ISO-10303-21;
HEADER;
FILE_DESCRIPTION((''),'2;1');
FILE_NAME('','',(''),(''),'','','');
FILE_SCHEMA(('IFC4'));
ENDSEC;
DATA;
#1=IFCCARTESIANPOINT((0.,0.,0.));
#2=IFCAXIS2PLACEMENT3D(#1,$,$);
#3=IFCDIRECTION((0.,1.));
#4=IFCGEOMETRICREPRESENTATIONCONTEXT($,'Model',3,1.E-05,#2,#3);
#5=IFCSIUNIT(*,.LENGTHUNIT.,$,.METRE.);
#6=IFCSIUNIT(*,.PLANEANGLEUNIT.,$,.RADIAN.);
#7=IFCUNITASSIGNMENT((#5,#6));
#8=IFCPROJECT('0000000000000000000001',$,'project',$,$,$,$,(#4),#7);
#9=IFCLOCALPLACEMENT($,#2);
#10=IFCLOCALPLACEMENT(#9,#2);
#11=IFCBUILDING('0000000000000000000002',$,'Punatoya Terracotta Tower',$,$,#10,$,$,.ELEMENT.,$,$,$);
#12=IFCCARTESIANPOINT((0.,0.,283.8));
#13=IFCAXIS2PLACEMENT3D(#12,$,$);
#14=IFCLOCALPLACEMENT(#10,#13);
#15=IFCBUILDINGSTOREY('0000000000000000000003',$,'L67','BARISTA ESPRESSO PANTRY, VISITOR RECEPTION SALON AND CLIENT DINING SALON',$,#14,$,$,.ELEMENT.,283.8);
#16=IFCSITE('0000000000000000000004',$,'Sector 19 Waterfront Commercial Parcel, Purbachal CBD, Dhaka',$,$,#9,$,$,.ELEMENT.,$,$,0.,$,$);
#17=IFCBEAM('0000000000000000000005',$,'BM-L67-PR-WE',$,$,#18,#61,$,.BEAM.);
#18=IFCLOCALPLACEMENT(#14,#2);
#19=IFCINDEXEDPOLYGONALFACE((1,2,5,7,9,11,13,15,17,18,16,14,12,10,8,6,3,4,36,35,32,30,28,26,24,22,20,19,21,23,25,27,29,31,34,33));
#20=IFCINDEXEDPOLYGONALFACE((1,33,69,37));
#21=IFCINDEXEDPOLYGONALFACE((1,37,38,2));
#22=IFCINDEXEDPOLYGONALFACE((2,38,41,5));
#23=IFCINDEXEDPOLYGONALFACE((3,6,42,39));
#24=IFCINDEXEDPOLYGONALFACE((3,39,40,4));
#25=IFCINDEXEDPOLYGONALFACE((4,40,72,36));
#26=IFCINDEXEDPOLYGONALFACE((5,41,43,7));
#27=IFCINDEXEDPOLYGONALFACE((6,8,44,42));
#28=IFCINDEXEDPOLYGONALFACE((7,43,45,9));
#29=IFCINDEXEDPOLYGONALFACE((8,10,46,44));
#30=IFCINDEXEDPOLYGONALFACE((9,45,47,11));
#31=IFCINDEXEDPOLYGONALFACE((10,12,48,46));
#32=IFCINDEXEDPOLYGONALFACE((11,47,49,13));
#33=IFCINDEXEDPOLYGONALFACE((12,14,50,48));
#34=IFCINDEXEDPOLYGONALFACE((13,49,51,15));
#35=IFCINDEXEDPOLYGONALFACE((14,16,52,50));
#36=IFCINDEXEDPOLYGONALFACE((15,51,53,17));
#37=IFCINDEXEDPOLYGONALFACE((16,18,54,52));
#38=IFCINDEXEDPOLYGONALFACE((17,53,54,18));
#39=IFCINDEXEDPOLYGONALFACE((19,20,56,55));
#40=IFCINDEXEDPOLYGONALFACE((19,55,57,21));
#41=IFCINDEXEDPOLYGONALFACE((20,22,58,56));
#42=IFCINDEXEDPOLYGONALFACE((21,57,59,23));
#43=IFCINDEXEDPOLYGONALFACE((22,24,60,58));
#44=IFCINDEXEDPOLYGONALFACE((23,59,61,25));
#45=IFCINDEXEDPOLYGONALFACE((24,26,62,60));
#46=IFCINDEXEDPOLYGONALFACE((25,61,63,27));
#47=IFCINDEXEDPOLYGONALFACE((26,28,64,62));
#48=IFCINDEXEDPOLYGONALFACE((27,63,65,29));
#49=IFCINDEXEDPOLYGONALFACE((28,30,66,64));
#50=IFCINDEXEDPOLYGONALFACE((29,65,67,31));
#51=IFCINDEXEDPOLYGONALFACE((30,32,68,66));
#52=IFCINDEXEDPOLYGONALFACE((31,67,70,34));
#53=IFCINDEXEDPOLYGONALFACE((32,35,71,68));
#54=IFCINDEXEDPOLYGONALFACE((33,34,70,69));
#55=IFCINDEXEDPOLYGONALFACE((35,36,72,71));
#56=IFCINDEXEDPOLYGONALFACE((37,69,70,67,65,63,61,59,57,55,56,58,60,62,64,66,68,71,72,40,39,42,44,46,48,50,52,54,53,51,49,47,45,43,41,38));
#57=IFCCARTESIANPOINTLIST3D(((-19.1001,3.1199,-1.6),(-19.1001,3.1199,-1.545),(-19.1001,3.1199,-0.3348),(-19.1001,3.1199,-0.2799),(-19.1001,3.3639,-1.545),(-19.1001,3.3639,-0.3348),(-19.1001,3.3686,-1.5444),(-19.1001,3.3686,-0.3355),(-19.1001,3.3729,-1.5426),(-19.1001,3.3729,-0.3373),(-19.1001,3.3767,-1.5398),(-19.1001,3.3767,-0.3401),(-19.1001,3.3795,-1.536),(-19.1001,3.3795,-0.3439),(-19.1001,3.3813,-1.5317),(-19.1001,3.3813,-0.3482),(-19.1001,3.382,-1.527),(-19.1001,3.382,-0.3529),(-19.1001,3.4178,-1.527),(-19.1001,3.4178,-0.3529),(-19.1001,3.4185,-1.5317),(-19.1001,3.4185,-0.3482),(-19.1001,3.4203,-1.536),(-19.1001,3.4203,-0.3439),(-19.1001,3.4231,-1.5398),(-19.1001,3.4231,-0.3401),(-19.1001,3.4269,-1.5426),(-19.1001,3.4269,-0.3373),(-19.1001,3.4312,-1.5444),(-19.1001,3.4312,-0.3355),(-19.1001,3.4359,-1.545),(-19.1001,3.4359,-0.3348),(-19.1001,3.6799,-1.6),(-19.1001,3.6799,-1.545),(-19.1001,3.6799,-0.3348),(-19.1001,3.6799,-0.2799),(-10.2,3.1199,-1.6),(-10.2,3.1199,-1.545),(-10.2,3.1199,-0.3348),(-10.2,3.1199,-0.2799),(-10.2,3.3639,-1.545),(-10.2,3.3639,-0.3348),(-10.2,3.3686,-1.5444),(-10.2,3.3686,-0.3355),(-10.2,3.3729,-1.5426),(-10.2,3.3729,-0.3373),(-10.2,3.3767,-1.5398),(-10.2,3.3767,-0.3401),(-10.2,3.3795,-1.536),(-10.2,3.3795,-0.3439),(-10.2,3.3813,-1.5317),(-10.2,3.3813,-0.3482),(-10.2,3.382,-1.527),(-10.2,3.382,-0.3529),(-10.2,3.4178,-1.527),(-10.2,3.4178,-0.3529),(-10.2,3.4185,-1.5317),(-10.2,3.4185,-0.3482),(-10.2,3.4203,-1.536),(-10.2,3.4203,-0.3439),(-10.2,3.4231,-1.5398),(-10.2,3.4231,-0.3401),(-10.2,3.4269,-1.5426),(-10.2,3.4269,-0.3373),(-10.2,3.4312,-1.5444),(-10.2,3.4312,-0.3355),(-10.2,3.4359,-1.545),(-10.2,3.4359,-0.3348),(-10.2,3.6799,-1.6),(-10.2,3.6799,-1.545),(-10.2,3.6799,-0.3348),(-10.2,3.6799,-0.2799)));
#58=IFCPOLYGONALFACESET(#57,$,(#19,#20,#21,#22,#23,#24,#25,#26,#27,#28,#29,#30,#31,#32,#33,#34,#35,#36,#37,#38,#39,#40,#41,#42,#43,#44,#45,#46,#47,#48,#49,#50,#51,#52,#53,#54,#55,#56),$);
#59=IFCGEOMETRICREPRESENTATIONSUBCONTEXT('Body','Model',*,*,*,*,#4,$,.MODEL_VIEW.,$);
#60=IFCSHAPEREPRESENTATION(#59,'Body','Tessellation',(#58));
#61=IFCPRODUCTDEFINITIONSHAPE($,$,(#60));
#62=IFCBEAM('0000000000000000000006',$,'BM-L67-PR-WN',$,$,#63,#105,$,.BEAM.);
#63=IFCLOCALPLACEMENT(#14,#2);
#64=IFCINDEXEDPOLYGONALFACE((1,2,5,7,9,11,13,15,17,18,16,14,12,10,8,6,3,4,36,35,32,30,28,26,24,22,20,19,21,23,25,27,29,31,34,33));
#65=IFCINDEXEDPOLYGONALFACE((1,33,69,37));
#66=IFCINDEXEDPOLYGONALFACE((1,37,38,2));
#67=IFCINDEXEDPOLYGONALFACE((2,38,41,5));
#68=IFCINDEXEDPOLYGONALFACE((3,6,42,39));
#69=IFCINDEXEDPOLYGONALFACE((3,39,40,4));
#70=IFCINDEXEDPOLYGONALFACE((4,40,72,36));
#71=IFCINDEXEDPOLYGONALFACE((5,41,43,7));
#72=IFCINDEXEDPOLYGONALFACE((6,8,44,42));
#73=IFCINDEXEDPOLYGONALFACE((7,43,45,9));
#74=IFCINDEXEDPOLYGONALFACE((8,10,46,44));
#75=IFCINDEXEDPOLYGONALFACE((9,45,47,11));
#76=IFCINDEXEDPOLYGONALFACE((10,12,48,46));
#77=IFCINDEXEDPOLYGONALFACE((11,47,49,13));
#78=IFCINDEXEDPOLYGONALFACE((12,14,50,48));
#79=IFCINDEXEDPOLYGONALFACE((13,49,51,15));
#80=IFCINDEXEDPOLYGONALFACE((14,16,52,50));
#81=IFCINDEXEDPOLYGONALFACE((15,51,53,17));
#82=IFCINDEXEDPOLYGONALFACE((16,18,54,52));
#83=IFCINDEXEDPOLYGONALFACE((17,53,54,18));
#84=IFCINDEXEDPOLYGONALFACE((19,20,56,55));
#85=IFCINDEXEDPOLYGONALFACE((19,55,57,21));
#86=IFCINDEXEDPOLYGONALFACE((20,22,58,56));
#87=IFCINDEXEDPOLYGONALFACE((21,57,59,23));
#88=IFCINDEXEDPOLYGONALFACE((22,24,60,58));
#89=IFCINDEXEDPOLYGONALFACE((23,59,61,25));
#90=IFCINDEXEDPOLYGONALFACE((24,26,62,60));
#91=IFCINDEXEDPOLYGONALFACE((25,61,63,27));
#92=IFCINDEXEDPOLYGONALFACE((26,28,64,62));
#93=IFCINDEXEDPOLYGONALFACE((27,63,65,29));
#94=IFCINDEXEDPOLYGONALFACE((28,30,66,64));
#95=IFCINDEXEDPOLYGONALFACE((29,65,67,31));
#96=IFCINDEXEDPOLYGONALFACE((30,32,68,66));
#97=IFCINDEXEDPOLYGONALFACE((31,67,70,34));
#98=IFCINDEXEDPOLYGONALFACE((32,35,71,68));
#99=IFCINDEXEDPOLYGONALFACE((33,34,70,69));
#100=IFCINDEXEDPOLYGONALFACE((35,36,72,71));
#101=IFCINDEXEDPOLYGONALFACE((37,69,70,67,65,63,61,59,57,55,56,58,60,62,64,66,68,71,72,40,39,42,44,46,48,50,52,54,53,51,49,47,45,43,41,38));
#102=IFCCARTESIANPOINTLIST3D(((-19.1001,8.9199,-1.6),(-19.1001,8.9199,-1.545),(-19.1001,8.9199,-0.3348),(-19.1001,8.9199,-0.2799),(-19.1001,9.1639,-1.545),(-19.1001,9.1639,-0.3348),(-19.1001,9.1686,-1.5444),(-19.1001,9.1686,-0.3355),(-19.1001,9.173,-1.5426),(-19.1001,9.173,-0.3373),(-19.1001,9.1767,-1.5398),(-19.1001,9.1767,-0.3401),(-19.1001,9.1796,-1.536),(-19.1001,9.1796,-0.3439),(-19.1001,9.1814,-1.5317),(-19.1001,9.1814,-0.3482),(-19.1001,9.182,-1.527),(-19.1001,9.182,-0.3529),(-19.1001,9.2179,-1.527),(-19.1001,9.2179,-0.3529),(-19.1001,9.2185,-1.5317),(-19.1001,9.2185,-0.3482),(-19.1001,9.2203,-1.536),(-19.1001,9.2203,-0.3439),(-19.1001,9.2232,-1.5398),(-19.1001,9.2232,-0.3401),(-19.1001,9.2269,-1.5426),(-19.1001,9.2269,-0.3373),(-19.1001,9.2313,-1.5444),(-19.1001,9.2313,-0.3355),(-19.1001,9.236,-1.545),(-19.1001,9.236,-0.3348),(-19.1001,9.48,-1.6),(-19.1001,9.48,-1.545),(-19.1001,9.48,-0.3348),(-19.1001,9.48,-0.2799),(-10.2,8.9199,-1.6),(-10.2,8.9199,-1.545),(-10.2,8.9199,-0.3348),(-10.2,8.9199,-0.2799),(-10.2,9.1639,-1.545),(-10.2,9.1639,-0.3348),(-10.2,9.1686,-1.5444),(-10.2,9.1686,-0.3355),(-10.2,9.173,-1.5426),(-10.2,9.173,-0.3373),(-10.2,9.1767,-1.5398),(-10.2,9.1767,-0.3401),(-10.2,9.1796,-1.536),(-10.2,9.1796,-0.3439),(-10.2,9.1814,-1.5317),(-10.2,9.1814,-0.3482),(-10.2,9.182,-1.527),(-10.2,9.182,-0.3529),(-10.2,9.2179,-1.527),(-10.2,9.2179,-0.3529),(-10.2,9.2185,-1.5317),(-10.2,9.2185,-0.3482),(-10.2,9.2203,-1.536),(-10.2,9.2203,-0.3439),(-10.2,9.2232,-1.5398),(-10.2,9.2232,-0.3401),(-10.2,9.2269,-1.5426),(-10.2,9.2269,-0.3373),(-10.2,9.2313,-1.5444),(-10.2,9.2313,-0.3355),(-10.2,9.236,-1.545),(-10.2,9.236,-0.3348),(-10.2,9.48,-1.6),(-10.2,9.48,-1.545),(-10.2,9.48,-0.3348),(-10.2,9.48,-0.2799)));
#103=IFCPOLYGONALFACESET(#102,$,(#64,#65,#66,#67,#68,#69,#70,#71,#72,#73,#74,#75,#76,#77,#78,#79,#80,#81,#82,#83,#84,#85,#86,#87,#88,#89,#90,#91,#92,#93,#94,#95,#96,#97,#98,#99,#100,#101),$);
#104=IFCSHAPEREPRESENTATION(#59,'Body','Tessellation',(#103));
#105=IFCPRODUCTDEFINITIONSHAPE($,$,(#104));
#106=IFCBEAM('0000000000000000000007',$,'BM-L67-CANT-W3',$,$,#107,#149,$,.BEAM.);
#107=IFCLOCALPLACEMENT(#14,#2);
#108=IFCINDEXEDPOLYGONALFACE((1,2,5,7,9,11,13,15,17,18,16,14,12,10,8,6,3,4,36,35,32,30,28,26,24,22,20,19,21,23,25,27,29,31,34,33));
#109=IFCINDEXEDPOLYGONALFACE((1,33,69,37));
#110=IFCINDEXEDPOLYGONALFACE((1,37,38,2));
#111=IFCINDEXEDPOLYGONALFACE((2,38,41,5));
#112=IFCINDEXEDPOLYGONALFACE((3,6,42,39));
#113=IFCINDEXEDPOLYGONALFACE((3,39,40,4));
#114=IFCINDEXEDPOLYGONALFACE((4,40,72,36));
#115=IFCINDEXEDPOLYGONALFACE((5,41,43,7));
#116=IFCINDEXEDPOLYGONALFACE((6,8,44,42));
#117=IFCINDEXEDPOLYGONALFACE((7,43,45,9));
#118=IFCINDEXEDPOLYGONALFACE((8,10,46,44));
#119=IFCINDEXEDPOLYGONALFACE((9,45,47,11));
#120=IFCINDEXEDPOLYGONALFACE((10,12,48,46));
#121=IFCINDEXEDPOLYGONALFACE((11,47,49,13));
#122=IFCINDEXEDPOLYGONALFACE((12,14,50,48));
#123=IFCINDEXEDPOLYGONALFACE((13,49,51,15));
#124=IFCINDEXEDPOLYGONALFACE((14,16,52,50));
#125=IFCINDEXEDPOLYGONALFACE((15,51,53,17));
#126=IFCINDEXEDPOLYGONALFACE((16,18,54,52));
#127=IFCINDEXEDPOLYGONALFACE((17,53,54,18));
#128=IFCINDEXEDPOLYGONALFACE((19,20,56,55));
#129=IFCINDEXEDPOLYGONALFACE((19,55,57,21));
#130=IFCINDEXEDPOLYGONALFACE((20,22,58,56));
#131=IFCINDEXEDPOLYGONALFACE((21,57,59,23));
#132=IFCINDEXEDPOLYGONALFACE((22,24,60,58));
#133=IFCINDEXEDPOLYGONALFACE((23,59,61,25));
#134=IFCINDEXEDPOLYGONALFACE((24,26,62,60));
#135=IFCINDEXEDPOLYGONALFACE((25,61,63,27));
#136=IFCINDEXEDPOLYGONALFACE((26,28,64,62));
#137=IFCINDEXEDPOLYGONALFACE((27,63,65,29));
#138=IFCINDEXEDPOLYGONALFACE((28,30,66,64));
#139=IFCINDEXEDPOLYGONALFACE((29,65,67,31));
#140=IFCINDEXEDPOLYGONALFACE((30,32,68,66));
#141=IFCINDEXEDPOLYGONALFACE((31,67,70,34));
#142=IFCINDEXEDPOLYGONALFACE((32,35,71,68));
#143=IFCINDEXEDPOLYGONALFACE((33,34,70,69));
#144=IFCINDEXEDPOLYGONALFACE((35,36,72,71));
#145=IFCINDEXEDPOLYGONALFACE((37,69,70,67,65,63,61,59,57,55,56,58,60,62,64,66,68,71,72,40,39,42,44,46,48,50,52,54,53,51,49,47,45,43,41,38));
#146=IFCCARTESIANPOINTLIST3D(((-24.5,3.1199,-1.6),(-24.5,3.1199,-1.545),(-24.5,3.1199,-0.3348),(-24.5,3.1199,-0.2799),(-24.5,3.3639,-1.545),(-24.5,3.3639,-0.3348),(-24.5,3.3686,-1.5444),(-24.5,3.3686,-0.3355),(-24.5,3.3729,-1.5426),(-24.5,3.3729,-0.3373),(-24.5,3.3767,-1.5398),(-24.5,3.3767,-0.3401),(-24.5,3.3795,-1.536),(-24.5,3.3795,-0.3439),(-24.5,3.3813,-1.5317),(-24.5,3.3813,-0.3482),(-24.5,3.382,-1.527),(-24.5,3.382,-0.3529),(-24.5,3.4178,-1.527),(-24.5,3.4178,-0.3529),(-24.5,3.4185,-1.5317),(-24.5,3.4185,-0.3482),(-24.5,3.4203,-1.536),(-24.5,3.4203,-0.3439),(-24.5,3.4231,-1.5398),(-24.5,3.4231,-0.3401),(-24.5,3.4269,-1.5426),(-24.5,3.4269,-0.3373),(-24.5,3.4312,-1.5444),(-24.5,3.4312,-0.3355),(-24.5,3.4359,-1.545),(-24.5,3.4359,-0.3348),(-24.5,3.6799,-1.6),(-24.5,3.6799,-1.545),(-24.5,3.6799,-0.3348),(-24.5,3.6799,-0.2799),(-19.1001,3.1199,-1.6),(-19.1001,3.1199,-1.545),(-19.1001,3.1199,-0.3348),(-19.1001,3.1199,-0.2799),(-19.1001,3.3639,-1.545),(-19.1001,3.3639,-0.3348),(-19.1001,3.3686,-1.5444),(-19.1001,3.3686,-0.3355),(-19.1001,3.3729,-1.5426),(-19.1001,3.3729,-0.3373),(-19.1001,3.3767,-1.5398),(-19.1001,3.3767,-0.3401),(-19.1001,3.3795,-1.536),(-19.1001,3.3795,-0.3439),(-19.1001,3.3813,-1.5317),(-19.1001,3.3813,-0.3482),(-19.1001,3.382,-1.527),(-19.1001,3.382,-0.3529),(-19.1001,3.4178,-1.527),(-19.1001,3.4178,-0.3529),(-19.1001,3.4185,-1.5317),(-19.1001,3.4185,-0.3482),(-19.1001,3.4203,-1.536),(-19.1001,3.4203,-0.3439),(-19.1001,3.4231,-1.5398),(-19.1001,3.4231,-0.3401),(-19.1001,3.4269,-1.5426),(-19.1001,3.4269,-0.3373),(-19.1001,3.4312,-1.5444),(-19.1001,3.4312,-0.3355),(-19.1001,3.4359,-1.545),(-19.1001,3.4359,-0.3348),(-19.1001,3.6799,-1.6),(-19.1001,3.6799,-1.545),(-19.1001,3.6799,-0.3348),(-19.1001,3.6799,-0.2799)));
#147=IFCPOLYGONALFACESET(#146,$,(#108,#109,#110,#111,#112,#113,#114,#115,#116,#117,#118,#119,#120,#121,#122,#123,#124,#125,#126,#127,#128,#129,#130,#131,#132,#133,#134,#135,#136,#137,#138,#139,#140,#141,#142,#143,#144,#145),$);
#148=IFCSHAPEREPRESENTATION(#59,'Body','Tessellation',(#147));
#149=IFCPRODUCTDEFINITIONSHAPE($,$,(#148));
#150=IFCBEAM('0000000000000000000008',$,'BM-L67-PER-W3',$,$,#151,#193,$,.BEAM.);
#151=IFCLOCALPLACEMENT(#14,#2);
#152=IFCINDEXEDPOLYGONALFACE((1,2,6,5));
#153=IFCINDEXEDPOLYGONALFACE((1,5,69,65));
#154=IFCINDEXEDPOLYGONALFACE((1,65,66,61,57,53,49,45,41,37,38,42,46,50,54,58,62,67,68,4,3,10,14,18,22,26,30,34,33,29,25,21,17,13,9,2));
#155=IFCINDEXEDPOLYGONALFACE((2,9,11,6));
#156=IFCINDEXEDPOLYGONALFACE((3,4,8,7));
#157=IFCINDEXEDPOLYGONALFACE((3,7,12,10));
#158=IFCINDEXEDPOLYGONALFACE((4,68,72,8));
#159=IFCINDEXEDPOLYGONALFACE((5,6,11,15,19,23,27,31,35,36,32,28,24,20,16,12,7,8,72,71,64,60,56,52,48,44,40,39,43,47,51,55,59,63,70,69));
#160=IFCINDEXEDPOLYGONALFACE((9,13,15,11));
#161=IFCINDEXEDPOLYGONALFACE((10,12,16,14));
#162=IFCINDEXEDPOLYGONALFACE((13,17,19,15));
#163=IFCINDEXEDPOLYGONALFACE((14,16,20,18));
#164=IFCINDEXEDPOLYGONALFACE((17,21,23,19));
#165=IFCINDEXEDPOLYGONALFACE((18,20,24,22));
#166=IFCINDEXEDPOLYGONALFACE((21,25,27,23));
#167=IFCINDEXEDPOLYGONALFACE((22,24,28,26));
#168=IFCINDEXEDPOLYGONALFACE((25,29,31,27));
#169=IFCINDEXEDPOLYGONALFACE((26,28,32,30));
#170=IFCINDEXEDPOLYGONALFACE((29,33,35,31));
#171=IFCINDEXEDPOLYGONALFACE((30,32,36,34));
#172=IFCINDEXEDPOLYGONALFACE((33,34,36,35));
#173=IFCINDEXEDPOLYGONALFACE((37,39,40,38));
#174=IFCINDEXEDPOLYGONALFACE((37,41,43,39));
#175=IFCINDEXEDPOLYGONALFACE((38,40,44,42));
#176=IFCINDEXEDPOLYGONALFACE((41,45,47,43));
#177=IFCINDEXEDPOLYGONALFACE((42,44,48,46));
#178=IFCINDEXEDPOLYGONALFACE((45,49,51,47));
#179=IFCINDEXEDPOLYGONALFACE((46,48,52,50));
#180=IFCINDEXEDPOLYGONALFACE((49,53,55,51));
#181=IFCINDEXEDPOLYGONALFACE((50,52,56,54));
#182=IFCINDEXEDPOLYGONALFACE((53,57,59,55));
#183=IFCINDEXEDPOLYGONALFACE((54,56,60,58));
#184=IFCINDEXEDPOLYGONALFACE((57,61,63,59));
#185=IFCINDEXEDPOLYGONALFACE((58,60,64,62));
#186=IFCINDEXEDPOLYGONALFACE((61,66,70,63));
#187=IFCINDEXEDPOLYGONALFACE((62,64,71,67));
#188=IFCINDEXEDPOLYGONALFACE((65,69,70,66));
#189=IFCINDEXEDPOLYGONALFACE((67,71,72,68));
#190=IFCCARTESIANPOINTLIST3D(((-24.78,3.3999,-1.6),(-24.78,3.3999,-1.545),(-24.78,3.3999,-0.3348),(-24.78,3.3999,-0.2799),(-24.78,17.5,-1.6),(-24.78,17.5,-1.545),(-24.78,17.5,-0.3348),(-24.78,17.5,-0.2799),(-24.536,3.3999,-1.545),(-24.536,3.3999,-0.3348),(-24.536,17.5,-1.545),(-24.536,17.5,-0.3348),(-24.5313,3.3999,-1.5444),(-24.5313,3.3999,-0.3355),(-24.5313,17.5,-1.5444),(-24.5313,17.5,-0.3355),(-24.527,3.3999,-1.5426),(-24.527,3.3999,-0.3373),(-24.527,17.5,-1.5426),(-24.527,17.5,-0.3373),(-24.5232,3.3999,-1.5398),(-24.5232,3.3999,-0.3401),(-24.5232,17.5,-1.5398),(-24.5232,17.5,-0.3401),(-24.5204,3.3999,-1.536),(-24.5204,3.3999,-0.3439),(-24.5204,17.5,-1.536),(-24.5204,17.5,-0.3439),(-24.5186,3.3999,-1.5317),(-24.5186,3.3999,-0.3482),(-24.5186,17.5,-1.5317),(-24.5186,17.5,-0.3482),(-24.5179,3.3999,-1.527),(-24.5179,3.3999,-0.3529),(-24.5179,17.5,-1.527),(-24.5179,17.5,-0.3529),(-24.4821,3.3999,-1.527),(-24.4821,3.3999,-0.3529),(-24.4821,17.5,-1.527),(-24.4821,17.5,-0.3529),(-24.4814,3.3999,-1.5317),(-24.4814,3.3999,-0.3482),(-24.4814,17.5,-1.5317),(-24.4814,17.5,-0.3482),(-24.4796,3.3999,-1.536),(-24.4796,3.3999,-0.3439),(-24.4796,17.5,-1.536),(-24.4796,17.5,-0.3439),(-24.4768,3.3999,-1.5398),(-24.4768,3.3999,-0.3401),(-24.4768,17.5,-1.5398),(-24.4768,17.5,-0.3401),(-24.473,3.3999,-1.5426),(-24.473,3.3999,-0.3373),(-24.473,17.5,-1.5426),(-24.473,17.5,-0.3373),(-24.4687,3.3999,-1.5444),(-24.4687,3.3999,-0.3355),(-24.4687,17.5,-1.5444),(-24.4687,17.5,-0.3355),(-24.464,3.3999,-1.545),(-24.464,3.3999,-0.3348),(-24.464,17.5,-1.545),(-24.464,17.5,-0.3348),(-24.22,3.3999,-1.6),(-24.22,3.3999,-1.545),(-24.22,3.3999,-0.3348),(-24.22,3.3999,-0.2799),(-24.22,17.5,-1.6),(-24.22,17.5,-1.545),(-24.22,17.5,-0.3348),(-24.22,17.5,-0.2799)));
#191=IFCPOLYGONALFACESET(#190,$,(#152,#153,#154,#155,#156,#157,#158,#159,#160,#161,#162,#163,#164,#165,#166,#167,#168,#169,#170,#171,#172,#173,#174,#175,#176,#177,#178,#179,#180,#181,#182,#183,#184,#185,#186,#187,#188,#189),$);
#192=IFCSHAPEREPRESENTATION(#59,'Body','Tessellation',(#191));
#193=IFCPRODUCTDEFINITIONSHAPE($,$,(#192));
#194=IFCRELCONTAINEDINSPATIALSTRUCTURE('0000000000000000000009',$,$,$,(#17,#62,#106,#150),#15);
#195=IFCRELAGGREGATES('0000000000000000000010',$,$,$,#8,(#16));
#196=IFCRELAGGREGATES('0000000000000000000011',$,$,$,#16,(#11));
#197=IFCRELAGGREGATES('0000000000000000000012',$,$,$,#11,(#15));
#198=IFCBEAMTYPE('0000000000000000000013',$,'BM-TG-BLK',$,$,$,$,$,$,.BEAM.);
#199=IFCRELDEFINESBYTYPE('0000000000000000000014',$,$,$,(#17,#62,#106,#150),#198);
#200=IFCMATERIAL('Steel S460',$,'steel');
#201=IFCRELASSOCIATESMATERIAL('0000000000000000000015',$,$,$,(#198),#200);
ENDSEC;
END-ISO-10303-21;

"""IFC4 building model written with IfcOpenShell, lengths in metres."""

from ifc_helpers import new_model, si_unit, direction, frame, origin, origin_2d, place, context, subcontext, project, spatial, i_section, extrude, material, material_profile, profile_set, type_object, element, save


model = new_model("IFC4")

# Units and contexts
model_context = context("Model", 3, precision=1e-05, world=origin(), true_north=direction((0.0, 1.0)))
body_context = subcontext(model_context, "Body", "Model", "MODEL_VIEW")
ifc_project = project(units=[si_unit("LENGTHUNIT", "METRE"), si_unit("PLANEANGLEUNIT", "RADIAN")], contexts=[model_context])

# Site, building, storey
site_placement = place(None, origin())
site = spatial("IfcSite", under=ifc_project, at=site_placement, Name="Sector 19 Waterfront Commercial Parcel, Purbachal CBD, Dhaka", CompositionType="ELEMENT", RefElevation=0.0)
building_placement = place(site_placement, origin())
building = spatial("IfcBuilding", under=site, at=building_placement, Name="Punatoya Terracotta Tower", CompositionType="ELEMENT")
storey_placement = place(building_placement, frame((0.0, 0.0, 283.8)))
storey = spatial("IfcBuildingStorey", under=building, at=storey_placement, Name="L67", Description="BARISTA ESPRESSO PANTRY, VISITOR RECEPTION SALON AND CLIENT DINING SALON", CompositionType="ELEMENT", Elevation=283.8)

# Shared definitions
ifc_material_1 = material(Name="Steel S460", Category="steel")

# Beams
ifc_material_profile_1 = material_profile(ifc_material_1, i_section(OverallWidth=0.5601, OverallDepth=1.3201, WebThickness=0.0359, FlangeThickness=0.0549, FilletRadius=0.0181, at=origin_2d()))
ifc_profile_set_1 = profile_set([ifc_material_profile_1], Name="Steel S460")
beam_type_1 = type_object("IfcBeamType", Name="BM-TG-BLK", PredefinedType="BEAM", material=ifc_profile_set_1)
for number, where, z_axis, x_axis, name in (
    (1, (-19.1001, 3.3999, -0.9399), (1.0, 0.0, 0.0), (0.0, 1.0, 0.0), "BM-L67-PR-WE"),
    (2, (-19.1001, 9.2, -0.9399), (1.0, 0.0, 0.0), (0.0, 1.0, 0.0), "BM-L67-PR-WN"),
):
    element("IfcBeam", number, at=place(storey_placement, frame(where, z_axis=z_axis, x_axis=x_axis)), inside=storey, type_object=beam_type_1, Name=name, PredefinedType="BEAM", context=body_context, shape_type="SweptSolid", body=[
        extrude(i_section(OverallWidth=0.5601, OverallDepth=1.3201, WebThickness=0.0359, FlangeThickness=0.0549, FilletRadius=0.0181, at=origin_2d()), origin(), (0.0, 0.0, 1.0), 8.9001),
    ])
beam_1_placement = place(storey_placement, frame((-24.5, 3.3999, -0.9399), z_axis=(1.0, 0.0, 0.0), x_axis=(0.0, 1.0, 0.0)))
element("IfcBeam", 3, at=beam_1_placement, inside=storey, type_object=beam_type_1, Name="BM-L67-CANT-W3", PredefinedType="BEAM", context=body_context, shape_type="SweptSolid", body=[
    extrude(i_section(OverallWidth=0.5601, OverallDepth=1.3201, WebThickness=0.0359, FlangeThickness=0.0549, FilletRadius=0.0181, at=origin_2d()), origin(), (0.0, 0.0, 1.0), 5.3999),
])
beam_2_placement = place(storey_placement, frame((-24.5, 3.3999, -0.9399), z_axis=(0.0, 1.0, 0.0), x_axis=(-1.0, 0.0, 0.0)))
element("IfcBeam", 4, at=beam_2_placement, inside=storey, type_object=beam_type_1, Name="BM-L67-PER-W3", PredefinedType="BEAM", context=body_context, shape_type="SweptSolid", body=[
    extrude(i_section(OverallWidth=0.5601, OverallDepth=1.3201, WebThickness=0.0359, FlangeThickness=0.0549, FilletRadius=0.0181, at=origin_2d()), origin(), (0.0, 0.0, 1.0), 14.1001),
])

save(model, "model.ifc")
